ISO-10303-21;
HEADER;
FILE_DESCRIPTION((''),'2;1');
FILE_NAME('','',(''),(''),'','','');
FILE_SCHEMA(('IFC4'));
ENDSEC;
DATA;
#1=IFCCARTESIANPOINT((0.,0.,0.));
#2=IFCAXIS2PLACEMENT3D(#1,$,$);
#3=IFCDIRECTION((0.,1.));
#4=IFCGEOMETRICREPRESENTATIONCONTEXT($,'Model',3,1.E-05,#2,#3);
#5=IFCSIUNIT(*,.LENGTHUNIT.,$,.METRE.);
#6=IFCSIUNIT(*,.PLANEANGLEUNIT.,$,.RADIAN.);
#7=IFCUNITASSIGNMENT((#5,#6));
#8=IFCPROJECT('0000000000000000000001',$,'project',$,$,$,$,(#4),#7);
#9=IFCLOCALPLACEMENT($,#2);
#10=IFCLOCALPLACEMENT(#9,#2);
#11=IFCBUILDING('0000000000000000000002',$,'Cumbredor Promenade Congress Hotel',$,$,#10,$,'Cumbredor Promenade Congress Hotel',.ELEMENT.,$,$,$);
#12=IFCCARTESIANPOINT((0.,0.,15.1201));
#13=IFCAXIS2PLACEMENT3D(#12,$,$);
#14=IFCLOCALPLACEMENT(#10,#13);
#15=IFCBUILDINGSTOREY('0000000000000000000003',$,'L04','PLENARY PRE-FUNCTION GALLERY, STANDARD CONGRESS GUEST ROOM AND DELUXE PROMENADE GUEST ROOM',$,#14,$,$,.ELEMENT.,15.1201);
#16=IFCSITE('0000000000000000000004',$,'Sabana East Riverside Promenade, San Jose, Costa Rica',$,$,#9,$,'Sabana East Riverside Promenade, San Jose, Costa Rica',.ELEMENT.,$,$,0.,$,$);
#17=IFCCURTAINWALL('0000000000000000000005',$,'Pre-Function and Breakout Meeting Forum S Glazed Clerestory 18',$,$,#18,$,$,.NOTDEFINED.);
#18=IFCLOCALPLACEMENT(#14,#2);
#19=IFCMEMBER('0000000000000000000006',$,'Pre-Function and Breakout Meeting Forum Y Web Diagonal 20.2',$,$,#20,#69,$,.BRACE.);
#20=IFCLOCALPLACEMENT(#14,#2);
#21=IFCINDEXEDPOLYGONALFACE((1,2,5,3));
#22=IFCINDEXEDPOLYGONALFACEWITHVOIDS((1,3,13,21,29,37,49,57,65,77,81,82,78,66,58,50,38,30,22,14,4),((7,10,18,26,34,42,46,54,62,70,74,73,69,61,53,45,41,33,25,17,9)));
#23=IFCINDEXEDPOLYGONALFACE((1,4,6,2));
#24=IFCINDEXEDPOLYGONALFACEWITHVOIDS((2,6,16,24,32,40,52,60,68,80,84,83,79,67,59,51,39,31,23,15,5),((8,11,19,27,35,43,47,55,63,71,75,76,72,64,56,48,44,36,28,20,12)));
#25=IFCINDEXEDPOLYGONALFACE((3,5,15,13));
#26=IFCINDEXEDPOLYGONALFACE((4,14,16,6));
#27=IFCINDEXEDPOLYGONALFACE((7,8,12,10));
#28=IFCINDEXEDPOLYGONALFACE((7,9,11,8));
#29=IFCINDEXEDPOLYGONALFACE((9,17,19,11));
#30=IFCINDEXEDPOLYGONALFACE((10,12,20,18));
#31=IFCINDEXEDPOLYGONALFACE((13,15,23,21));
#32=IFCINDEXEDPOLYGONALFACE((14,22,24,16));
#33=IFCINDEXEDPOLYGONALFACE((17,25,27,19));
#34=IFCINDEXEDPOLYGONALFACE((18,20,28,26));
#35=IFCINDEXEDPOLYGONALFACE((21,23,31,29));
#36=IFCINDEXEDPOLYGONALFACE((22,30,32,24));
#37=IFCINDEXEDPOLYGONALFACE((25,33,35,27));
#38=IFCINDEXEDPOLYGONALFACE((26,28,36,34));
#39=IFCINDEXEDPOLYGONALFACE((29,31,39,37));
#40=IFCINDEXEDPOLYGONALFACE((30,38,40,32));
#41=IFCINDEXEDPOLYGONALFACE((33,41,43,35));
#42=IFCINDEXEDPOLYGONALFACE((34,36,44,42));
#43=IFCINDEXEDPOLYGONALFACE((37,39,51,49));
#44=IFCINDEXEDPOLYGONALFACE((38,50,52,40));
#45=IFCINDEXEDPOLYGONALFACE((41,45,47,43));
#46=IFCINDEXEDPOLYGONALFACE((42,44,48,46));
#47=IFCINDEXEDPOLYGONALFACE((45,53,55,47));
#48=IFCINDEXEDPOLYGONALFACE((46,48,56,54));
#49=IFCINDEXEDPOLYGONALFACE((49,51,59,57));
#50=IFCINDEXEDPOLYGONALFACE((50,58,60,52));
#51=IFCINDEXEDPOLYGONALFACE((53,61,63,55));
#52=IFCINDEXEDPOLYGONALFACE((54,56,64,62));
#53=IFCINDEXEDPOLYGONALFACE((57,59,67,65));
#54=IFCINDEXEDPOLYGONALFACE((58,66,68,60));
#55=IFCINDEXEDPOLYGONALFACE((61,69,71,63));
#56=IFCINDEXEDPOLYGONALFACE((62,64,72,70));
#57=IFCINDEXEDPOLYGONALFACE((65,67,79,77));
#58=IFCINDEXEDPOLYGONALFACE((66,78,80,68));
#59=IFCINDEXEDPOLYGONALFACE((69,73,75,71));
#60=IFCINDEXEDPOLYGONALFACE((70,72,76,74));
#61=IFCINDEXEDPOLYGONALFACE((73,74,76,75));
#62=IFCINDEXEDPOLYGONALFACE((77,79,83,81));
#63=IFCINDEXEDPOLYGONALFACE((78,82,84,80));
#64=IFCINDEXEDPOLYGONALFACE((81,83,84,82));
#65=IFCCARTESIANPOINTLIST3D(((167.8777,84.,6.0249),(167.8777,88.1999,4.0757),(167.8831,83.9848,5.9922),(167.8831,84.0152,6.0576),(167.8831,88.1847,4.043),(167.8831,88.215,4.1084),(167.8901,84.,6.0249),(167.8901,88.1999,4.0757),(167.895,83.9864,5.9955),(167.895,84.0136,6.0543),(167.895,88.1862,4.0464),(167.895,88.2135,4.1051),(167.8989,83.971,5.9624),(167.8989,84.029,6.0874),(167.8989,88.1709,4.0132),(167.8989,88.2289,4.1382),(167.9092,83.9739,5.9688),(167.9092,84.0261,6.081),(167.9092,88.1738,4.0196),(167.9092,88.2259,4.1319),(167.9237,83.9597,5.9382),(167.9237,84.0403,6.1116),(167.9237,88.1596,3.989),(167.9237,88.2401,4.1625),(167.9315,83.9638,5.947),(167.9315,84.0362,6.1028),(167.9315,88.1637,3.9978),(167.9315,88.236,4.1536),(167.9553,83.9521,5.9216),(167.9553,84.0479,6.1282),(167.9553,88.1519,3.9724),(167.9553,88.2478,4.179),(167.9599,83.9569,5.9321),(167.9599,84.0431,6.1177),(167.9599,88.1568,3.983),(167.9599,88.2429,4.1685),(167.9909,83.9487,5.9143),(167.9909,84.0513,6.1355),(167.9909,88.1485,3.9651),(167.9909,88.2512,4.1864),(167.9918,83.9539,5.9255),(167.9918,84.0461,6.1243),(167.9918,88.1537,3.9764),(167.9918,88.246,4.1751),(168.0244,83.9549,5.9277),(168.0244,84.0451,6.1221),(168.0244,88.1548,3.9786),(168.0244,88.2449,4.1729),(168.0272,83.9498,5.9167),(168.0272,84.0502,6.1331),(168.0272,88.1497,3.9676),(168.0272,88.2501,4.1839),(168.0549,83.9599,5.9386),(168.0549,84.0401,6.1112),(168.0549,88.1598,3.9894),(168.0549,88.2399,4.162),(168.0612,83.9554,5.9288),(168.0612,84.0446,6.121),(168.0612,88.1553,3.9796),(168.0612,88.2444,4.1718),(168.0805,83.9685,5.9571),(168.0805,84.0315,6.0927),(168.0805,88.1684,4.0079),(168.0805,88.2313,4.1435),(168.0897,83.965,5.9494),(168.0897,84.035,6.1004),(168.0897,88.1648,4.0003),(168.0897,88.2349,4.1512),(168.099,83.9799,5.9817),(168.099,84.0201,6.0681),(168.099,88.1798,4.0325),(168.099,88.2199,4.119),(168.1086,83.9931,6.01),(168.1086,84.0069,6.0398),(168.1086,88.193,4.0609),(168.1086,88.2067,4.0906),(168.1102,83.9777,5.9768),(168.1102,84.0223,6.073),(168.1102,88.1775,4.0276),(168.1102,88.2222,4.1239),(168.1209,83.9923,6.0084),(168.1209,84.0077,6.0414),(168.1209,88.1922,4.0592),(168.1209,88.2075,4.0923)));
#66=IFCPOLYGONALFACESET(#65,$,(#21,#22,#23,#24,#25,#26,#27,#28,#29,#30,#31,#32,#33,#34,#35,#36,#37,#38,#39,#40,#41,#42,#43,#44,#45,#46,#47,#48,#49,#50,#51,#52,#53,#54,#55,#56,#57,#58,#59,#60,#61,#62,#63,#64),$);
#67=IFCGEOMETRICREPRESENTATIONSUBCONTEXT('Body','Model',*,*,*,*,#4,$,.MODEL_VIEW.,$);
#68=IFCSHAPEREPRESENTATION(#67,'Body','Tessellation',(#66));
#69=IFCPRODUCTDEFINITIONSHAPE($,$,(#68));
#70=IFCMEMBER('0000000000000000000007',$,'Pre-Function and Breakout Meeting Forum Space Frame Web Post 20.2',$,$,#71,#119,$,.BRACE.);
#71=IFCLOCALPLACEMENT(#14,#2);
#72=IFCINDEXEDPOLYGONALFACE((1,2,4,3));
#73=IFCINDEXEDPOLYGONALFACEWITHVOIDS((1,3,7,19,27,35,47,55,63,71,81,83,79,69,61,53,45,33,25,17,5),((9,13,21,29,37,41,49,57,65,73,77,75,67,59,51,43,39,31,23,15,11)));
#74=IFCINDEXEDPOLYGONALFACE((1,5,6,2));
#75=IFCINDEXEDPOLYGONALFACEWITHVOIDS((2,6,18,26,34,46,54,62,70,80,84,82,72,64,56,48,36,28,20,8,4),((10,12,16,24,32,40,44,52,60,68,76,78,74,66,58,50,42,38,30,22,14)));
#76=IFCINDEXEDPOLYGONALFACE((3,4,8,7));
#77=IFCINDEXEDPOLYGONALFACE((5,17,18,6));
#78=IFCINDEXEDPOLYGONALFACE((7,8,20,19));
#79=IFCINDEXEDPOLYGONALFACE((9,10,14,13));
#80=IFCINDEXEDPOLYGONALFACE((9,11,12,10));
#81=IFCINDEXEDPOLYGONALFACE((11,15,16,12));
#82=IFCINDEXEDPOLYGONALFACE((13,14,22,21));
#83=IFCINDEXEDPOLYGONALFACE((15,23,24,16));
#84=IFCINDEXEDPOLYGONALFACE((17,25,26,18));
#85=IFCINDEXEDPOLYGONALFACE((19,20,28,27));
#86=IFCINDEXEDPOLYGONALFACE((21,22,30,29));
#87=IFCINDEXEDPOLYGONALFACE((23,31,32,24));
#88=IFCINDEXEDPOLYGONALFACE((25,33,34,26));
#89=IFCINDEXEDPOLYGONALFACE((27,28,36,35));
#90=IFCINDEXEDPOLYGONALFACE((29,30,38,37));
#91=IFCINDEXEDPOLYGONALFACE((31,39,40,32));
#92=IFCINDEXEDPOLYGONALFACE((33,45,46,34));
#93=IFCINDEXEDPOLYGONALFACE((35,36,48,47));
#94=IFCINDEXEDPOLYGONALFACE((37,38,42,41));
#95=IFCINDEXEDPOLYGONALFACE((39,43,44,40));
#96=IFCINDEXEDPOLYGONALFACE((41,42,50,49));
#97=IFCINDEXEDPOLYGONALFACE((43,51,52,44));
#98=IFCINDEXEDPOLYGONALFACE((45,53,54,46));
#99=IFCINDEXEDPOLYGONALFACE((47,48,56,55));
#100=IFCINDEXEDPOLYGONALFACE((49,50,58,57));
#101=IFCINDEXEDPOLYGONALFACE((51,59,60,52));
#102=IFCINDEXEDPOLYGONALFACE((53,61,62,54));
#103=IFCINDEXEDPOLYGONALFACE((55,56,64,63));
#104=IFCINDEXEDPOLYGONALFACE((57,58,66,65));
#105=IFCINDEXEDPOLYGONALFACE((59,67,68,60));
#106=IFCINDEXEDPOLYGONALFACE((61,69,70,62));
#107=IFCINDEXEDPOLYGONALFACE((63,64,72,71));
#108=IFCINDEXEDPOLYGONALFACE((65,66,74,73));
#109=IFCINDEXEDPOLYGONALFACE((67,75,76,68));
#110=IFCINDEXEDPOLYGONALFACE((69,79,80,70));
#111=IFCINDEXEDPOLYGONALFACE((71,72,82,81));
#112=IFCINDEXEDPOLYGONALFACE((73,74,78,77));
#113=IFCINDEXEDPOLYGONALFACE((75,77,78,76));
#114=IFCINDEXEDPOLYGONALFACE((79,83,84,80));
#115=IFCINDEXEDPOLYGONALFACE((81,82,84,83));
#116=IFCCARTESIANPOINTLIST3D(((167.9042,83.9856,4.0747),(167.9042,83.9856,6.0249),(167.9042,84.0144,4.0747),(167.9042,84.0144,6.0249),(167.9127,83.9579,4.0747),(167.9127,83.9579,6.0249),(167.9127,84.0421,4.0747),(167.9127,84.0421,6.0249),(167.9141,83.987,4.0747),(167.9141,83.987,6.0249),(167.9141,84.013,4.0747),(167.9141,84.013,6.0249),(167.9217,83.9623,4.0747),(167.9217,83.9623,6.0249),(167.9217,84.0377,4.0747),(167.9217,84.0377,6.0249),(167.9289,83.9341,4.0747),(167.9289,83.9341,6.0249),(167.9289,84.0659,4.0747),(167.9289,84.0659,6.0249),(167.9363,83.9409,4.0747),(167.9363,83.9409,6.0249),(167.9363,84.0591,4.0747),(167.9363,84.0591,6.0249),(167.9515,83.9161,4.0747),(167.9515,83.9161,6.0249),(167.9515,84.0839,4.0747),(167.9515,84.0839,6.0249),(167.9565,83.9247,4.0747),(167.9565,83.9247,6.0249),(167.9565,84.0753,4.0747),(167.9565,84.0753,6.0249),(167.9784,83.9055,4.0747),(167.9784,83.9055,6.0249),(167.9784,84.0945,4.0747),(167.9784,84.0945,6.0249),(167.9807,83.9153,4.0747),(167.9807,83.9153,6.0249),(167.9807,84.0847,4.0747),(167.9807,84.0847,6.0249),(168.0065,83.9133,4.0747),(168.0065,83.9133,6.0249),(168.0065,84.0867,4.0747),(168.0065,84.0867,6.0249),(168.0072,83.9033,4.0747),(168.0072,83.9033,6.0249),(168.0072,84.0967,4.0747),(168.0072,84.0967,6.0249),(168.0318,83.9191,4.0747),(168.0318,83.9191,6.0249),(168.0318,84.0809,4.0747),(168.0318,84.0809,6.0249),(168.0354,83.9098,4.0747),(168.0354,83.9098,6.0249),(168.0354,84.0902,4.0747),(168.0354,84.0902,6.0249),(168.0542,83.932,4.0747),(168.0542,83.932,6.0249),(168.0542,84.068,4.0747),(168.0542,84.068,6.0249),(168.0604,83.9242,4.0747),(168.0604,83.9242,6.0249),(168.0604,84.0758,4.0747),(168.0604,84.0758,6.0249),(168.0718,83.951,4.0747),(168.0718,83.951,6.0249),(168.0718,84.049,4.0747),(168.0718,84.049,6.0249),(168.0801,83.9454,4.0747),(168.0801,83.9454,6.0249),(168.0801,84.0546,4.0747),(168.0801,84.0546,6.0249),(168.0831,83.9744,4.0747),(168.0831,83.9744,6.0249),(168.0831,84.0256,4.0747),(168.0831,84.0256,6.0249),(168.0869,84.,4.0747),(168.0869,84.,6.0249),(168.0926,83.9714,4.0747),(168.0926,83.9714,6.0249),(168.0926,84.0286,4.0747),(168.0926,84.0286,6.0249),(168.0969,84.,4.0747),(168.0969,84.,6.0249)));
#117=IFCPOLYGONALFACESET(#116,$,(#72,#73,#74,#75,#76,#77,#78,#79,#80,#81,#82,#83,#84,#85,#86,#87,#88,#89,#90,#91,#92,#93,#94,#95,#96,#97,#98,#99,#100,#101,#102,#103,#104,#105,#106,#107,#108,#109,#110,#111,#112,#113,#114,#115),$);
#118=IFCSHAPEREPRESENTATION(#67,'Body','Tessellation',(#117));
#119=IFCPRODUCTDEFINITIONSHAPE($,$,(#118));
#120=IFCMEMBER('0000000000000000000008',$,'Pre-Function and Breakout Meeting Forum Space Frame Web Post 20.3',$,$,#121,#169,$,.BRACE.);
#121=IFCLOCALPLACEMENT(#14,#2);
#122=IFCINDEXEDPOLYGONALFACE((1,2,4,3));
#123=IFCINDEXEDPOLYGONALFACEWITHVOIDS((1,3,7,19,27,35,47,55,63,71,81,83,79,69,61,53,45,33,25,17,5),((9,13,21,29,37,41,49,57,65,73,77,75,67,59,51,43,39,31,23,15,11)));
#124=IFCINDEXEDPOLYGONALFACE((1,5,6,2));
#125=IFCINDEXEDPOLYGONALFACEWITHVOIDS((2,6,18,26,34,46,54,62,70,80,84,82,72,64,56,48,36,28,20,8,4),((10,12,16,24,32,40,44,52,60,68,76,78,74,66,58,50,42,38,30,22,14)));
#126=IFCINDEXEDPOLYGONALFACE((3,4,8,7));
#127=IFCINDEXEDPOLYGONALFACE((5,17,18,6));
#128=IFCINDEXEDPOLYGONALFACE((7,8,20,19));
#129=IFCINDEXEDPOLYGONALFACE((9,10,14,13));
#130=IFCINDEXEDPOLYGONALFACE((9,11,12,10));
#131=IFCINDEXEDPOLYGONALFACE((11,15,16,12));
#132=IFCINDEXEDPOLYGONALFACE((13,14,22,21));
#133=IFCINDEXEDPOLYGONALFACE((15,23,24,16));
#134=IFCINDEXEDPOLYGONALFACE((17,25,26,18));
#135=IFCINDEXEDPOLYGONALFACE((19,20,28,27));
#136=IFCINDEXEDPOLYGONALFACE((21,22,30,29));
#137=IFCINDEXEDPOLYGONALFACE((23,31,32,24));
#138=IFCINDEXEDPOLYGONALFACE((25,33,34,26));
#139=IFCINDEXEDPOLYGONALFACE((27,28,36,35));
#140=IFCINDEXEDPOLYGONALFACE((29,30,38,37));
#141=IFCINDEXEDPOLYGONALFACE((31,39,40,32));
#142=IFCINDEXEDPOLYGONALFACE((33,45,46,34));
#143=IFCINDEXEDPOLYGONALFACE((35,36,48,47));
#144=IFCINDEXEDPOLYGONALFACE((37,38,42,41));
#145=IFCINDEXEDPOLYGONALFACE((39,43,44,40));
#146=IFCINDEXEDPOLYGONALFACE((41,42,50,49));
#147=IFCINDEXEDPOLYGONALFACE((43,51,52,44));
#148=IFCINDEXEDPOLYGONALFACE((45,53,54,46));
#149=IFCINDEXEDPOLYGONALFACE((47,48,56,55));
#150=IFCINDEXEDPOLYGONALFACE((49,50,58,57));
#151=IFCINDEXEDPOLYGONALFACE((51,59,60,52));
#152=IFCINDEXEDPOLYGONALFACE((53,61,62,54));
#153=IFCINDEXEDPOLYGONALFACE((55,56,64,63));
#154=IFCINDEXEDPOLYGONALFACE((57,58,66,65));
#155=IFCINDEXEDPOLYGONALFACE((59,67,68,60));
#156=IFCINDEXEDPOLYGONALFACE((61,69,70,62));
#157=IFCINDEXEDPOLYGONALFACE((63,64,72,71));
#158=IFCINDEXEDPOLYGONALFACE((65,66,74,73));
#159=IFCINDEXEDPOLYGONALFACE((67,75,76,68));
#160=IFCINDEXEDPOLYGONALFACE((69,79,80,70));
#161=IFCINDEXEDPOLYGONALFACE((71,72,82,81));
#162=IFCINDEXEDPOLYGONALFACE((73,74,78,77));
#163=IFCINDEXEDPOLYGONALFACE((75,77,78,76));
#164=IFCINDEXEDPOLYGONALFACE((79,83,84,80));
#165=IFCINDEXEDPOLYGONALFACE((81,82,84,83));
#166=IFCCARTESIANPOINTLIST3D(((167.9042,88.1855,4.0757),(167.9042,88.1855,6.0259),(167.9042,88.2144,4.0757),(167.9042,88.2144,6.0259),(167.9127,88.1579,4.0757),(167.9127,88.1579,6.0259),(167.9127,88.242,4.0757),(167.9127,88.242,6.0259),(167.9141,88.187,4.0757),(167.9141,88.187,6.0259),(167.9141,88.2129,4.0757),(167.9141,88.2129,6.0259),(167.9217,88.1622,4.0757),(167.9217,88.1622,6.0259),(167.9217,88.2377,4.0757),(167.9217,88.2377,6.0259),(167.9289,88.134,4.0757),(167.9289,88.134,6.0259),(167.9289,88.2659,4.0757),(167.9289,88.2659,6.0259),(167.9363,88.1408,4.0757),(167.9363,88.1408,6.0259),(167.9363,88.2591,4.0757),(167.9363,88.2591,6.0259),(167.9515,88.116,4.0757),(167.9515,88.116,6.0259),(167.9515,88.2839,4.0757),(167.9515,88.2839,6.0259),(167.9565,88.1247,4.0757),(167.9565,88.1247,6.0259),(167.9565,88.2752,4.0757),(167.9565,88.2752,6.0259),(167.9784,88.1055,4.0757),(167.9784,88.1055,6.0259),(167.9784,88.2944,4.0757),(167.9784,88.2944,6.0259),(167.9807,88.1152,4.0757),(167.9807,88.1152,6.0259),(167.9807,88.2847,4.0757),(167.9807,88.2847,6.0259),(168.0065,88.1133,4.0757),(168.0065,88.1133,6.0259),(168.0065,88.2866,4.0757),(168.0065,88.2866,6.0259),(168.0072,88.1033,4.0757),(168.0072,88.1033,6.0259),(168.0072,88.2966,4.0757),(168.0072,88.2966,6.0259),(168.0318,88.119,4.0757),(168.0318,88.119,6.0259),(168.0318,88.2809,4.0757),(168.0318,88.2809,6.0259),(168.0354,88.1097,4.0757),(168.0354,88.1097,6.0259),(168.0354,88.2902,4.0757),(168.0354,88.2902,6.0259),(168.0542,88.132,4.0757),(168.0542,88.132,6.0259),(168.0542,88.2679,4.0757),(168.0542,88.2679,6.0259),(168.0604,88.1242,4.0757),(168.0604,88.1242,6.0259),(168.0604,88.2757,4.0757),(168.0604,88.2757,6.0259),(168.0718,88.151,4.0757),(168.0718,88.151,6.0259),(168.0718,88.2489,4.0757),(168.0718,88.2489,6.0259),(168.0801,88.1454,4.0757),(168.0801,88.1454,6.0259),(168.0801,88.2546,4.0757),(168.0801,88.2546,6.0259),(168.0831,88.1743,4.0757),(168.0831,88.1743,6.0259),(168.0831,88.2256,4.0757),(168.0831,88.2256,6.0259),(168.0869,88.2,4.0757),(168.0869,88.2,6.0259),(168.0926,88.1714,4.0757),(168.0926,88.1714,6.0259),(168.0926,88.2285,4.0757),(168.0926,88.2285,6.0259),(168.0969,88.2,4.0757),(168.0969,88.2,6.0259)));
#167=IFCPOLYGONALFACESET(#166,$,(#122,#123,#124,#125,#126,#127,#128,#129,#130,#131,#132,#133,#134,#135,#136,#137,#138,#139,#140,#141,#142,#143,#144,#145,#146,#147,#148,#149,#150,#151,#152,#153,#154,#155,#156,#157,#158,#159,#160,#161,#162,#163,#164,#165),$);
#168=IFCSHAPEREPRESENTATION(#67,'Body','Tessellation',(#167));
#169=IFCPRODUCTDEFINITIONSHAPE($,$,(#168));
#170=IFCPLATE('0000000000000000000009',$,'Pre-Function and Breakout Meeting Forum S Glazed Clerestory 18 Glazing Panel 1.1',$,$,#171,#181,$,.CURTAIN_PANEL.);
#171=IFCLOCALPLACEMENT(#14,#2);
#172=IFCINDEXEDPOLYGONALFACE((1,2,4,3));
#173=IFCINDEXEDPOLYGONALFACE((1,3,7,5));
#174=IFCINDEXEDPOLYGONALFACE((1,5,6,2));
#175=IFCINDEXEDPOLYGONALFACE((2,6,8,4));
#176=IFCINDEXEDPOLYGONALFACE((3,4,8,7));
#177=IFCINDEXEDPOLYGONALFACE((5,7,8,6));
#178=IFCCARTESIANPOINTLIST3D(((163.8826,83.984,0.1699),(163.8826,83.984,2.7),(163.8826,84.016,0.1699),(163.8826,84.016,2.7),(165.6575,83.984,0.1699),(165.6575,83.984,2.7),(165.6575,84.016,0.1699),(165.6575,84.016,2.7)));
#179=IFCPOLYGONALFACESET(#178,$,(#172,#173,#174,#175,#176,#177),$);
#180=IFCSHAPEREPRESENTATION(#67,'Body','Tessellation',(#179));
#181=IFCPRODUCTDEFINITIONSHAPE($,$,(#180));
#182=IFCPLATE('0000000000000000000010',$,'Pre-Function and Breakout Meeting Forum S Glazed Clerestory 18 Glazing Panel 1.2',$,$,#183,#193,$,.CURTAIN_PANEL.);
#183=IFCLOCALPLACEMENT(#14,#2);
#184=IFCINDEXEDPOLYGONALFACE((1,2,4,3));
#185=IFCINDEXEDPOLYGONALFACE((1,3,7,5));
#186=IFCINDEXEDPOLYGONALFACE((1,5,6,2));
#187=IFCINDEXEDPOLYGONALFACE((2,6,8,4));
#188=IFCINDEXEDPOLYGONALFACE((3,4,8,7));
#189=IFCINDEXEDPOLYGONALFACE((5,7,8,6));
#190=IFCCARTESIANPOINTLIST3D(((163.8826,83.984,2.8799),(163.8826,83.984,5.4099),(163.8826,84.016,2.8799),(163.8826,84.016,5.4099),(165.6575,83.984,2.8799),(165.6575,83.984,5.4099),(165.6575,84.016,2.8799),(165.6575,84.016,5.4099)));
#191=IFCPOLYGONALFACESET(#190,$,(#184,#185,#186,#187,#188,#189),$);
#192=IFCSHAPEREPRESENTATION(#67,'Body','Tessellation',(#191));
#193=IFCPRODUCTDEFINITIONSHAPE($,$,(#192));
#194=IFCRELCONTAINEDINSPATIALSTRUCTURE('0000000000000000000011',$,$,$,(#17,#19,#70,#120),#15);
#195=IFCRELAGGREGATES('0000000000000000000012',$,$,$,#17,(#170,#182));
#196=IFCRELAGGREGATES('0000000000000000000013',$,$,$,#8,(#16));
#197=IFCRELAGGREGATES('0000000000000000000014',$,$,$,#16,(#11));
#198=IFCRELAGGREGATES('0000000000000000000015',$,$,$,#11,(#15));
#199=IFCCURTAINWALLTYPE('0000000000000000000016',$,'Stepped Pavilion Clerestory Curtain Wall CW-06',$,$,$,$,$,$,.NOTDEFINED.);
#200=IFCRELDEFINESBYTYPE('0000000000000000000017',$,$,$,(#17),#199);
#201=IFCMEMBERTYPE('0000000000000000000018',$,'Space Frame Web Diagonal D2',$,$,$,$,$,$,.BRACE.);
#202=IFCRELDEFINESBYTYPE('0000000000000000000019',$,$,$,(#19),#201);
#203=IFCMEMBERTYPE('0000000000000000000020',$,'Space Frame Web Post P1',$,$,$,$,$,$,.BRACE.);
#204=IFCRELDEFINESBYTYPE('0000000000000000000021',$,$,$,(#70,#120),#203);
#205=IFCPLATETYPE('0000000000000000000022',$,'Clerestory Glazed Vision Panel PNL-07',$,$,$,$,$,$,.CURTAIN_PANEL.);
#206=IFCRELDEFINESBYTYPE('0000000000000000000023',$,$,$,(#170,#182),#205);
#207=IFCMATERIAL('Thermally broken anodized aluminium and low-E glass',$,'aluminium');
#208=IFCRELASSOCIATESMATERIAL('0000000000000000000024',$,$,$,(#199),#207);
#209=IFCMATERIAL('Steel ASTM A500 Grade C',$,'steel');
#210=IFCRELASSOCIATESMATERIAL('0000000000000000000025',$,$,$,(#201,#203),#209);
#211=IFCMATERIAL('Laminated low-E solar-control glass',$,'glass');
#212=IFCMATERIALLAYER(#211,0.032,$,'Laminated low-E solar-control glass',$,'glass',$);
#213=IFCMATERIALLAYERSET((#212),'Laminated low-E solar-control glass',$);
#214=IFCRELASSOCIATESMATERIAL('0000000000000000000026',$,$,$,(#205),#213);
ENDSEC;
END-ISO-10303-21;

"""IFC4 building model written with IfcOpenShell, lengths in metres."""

from ifc_helpers import new_model, si_unit, direction, frame, origin, origin_2d, place, context, subcontext, project, spatial, rectangle, hollow_circle, extrude, material, layer, layer_set, material_profile, profile_set, type_object, element, aggregate, save


model = new_model("IFC4")

# Units and contexts
model_context = context("Model", 3, precision=1e-05, world=origin(), true_north=direction((0.0, 1.0)))
body_context = subcontext(model_context, "Body", "Model", "MODEL_VIEW")
ifc_project = project(units=[si_unit("LENGTHUNIT", "METRE"), si_unit("PLANEANGLEUNIT", "RADIAN")], contexts=[model_context])

# Site, building, storey
site_placement = place(None, origin())
site = spatial("IfcSite", under=ifc_project, at=site_placement, Name="Sabana East Riverside Promenade, San Jose, Costa Rica", LongName="Sabana East Riverside Promenade, San Jose, Costa Rica", CompositionType="ELEMENT", RefElevation=0.0)
building_placement = place(site_placement, origin())
building = spatial("IfcBuilding", under=site, at=building_placement, Name="Cumbredor Promenade Congress Hotel", LongName="Cumbredor Promenade Congress Hotel", CompositionType="ELEMENT")
storey_placement = place(building_placement, frame((0.0, 0.0, 15.1201)))
storey = spatial("IfcBuildingStorey", under=building, at=storey_placement, Name="L04", Description="PLENARY PRE-FUNCTION GALLERY, STANDARD CONGRESS GUEST ROOM AND DELUXE PROMENADE GUEST ROOM", CompositionType="ELEMENT", Elevation=15.1201)

# Curtain wall
ifc_material_1 = material(Name="Thermally broken anodized aluminium and low-E glass", Category="aluminium")
curtain_wall_type = type_object("IfcCurtainWallType", Name="Stepped Pavilion Clerestory Curtain Wall CW-06", PredefinedType="NOTDEFINED", material=ifc_material_1)
curtain_wall_1_placement = place(storey_placement, origin())
curtain_wall_1 = element("IfcCurtainWall", 1, at=curtain_wall_1_placement, inside=storey, type_object=curtain_wall_type, Name="Pre-Function and Breakout Meeting Forum S Glazed Clerestory 18", PredefinedType="NOTDEFINED")

# Members
ifc_material_2 = material(Name="Steel ASTM A500 Grade C", Category="steel")
ifc_material_profile_1 = material_profile(ifc_material_2, hollow_circle(Radius=0.1223, WallThickness=0.0125, at=origin_2d()), Name="CHS 244.5x12.5")
ifc_profile_set_1 = profile_set([ifc_material_profile_1], Name="Steel ASTM A500 Grade C")
member_type_1 = type_object("IfcMemberType", Name="Space Frame Web Diagonal D2", PredefinedType="BRACE", material=ifc_profile_set_1)
member_1_placement = place(storey_placement, frame((168.0, 84.0, 6.0249), z_axis=(0.0, 0.907072, -0.420977), x_axis=(-1.0, 0.0, 0.0)))
element("IfcMember", 2, at=member_1_placement, inside=storey, type_object=member_type_1, Name="Pre-Function and Breakout Meeting Forum Y Web Diagonal 20.2", PredefinedType="BRACE", context=body_context, shape_type="SweptSolid", body=[
    extrude(hollow_circle(Radius=0.1223, WallThickness=0.0125, at=origin_2d()), origin(), (0.0, 0.0, 1.0), 4.6301),
])
ifc_material_profile_2 = material_profile(ifc_material_2, hollow_circle(Radius=0.0969, WallThickness=0.01, at=origin_2d()), Name="CHS 193.7x10")
ifc_profile_set_2 = profile_set([ifc_material_profile_2], Name="Steel ASTM A500 Grade C")
member_type_2 = type_object("IfcMemberType", Name="Space Frame Web Post P1", PredefinedType="BRACE", material=ifc_profile_set_2)
for number, where, z_axis, x_axis, name in (
    (3, (168.0, 84.0, 4.0747), (0.0, 0.0, 1.0), (1.0, 0.0, 0.0), "Pre-Function and Breakout Meeting Forum Space Frame Web Post 20.2"),
    (4, (168.0, 88.2, 4.0757), (0.0, 0.0, 1.0), (1.0, 0.0, 0.0), "Pre-Function and Breakout Meeting Forum Space Frame Web Post 20.3"),
):
    element("IfcMember", number, at=place(storey_placement, frame(where, z_axis=z_axis, x_axis=x_axis)), inside=storey, type_object=member_type_2, Name=name, PredefinedType="BRACE", context=body_context, shape_type="SweptSolid", body=[
        extrude(hollow_circle(Radius=0.0969, WallThickness=0.01, at=origin_2d()), origin(), (0.0, 0.0, 1.0), 1.9502),
    ])

# Plates
ifc_material_3 = material(Name="Laminated low-E solar-control glass", Category="glass")
ifc_layer_1 = layer(ifc_material_3, 0.032, Name="Laminated low-E solar-control glass", Category="glass")
ifc_layer_set_1 = layer_set([ifc_layer_1], Name="Laminated low-E solar-control glass")
plate_type_1 = type_object("IfcPlateType", Name="Clerestory Glazed Vision Panel PNL-07", PredefinedType="CURTAIN_PANEL", material=ifc_layer_set_1)
plate_1_placement = place(storey_placement, frame((164.77, 84.0, 0.1699), z_axis=(0.0, 0.0, 1.0), x_axis=(1.0, 0.0, 0.0)))
plate_1 = element("IfcPlate", 5, at=plate_1_placement, type_object=plate_type_1, Name="Pre-Function and Breakout Meeting Forum S Glazed Clerestory 18 Glazing Panel 1.1", PredefinedType="CURTAIN_PANEL", context=body_context, shape_type="SweptSolid", body=[
    extrude(rectangle(XDim=1.7749, YDim=0.032, at=origin_2d()), origin(), (0.0, 0.0, 1.0), 2.53),
])
plate_2_placement = place(storey_placement, frame((164.77, 84.0, 2.8799), z_axis=(0.0, 0.0, 1.0), x_axis=(1.0, 0.0, 0.0)))
plate_2 = element("IfcPlate", 6, at=plate_2_placement, type_object=plate_type_1, Name="Pre-Function and Breakout Meeting Forum S Glazed Clerestory 18 Glazing Panel 1.2", PredefinedType="CURTAIN_PANEL", context=body_context, shape_type="SweptSolid", body=[
    extrude(rectangle(XDim=1.7749, YDim=0.032, at=origin_2d()), origin(), (0.0, 0.0, 1.0), 2.53),
])
aggregate(curtain_wall_1, [plate_1, plate_2])

save(model, "model.ifc")
